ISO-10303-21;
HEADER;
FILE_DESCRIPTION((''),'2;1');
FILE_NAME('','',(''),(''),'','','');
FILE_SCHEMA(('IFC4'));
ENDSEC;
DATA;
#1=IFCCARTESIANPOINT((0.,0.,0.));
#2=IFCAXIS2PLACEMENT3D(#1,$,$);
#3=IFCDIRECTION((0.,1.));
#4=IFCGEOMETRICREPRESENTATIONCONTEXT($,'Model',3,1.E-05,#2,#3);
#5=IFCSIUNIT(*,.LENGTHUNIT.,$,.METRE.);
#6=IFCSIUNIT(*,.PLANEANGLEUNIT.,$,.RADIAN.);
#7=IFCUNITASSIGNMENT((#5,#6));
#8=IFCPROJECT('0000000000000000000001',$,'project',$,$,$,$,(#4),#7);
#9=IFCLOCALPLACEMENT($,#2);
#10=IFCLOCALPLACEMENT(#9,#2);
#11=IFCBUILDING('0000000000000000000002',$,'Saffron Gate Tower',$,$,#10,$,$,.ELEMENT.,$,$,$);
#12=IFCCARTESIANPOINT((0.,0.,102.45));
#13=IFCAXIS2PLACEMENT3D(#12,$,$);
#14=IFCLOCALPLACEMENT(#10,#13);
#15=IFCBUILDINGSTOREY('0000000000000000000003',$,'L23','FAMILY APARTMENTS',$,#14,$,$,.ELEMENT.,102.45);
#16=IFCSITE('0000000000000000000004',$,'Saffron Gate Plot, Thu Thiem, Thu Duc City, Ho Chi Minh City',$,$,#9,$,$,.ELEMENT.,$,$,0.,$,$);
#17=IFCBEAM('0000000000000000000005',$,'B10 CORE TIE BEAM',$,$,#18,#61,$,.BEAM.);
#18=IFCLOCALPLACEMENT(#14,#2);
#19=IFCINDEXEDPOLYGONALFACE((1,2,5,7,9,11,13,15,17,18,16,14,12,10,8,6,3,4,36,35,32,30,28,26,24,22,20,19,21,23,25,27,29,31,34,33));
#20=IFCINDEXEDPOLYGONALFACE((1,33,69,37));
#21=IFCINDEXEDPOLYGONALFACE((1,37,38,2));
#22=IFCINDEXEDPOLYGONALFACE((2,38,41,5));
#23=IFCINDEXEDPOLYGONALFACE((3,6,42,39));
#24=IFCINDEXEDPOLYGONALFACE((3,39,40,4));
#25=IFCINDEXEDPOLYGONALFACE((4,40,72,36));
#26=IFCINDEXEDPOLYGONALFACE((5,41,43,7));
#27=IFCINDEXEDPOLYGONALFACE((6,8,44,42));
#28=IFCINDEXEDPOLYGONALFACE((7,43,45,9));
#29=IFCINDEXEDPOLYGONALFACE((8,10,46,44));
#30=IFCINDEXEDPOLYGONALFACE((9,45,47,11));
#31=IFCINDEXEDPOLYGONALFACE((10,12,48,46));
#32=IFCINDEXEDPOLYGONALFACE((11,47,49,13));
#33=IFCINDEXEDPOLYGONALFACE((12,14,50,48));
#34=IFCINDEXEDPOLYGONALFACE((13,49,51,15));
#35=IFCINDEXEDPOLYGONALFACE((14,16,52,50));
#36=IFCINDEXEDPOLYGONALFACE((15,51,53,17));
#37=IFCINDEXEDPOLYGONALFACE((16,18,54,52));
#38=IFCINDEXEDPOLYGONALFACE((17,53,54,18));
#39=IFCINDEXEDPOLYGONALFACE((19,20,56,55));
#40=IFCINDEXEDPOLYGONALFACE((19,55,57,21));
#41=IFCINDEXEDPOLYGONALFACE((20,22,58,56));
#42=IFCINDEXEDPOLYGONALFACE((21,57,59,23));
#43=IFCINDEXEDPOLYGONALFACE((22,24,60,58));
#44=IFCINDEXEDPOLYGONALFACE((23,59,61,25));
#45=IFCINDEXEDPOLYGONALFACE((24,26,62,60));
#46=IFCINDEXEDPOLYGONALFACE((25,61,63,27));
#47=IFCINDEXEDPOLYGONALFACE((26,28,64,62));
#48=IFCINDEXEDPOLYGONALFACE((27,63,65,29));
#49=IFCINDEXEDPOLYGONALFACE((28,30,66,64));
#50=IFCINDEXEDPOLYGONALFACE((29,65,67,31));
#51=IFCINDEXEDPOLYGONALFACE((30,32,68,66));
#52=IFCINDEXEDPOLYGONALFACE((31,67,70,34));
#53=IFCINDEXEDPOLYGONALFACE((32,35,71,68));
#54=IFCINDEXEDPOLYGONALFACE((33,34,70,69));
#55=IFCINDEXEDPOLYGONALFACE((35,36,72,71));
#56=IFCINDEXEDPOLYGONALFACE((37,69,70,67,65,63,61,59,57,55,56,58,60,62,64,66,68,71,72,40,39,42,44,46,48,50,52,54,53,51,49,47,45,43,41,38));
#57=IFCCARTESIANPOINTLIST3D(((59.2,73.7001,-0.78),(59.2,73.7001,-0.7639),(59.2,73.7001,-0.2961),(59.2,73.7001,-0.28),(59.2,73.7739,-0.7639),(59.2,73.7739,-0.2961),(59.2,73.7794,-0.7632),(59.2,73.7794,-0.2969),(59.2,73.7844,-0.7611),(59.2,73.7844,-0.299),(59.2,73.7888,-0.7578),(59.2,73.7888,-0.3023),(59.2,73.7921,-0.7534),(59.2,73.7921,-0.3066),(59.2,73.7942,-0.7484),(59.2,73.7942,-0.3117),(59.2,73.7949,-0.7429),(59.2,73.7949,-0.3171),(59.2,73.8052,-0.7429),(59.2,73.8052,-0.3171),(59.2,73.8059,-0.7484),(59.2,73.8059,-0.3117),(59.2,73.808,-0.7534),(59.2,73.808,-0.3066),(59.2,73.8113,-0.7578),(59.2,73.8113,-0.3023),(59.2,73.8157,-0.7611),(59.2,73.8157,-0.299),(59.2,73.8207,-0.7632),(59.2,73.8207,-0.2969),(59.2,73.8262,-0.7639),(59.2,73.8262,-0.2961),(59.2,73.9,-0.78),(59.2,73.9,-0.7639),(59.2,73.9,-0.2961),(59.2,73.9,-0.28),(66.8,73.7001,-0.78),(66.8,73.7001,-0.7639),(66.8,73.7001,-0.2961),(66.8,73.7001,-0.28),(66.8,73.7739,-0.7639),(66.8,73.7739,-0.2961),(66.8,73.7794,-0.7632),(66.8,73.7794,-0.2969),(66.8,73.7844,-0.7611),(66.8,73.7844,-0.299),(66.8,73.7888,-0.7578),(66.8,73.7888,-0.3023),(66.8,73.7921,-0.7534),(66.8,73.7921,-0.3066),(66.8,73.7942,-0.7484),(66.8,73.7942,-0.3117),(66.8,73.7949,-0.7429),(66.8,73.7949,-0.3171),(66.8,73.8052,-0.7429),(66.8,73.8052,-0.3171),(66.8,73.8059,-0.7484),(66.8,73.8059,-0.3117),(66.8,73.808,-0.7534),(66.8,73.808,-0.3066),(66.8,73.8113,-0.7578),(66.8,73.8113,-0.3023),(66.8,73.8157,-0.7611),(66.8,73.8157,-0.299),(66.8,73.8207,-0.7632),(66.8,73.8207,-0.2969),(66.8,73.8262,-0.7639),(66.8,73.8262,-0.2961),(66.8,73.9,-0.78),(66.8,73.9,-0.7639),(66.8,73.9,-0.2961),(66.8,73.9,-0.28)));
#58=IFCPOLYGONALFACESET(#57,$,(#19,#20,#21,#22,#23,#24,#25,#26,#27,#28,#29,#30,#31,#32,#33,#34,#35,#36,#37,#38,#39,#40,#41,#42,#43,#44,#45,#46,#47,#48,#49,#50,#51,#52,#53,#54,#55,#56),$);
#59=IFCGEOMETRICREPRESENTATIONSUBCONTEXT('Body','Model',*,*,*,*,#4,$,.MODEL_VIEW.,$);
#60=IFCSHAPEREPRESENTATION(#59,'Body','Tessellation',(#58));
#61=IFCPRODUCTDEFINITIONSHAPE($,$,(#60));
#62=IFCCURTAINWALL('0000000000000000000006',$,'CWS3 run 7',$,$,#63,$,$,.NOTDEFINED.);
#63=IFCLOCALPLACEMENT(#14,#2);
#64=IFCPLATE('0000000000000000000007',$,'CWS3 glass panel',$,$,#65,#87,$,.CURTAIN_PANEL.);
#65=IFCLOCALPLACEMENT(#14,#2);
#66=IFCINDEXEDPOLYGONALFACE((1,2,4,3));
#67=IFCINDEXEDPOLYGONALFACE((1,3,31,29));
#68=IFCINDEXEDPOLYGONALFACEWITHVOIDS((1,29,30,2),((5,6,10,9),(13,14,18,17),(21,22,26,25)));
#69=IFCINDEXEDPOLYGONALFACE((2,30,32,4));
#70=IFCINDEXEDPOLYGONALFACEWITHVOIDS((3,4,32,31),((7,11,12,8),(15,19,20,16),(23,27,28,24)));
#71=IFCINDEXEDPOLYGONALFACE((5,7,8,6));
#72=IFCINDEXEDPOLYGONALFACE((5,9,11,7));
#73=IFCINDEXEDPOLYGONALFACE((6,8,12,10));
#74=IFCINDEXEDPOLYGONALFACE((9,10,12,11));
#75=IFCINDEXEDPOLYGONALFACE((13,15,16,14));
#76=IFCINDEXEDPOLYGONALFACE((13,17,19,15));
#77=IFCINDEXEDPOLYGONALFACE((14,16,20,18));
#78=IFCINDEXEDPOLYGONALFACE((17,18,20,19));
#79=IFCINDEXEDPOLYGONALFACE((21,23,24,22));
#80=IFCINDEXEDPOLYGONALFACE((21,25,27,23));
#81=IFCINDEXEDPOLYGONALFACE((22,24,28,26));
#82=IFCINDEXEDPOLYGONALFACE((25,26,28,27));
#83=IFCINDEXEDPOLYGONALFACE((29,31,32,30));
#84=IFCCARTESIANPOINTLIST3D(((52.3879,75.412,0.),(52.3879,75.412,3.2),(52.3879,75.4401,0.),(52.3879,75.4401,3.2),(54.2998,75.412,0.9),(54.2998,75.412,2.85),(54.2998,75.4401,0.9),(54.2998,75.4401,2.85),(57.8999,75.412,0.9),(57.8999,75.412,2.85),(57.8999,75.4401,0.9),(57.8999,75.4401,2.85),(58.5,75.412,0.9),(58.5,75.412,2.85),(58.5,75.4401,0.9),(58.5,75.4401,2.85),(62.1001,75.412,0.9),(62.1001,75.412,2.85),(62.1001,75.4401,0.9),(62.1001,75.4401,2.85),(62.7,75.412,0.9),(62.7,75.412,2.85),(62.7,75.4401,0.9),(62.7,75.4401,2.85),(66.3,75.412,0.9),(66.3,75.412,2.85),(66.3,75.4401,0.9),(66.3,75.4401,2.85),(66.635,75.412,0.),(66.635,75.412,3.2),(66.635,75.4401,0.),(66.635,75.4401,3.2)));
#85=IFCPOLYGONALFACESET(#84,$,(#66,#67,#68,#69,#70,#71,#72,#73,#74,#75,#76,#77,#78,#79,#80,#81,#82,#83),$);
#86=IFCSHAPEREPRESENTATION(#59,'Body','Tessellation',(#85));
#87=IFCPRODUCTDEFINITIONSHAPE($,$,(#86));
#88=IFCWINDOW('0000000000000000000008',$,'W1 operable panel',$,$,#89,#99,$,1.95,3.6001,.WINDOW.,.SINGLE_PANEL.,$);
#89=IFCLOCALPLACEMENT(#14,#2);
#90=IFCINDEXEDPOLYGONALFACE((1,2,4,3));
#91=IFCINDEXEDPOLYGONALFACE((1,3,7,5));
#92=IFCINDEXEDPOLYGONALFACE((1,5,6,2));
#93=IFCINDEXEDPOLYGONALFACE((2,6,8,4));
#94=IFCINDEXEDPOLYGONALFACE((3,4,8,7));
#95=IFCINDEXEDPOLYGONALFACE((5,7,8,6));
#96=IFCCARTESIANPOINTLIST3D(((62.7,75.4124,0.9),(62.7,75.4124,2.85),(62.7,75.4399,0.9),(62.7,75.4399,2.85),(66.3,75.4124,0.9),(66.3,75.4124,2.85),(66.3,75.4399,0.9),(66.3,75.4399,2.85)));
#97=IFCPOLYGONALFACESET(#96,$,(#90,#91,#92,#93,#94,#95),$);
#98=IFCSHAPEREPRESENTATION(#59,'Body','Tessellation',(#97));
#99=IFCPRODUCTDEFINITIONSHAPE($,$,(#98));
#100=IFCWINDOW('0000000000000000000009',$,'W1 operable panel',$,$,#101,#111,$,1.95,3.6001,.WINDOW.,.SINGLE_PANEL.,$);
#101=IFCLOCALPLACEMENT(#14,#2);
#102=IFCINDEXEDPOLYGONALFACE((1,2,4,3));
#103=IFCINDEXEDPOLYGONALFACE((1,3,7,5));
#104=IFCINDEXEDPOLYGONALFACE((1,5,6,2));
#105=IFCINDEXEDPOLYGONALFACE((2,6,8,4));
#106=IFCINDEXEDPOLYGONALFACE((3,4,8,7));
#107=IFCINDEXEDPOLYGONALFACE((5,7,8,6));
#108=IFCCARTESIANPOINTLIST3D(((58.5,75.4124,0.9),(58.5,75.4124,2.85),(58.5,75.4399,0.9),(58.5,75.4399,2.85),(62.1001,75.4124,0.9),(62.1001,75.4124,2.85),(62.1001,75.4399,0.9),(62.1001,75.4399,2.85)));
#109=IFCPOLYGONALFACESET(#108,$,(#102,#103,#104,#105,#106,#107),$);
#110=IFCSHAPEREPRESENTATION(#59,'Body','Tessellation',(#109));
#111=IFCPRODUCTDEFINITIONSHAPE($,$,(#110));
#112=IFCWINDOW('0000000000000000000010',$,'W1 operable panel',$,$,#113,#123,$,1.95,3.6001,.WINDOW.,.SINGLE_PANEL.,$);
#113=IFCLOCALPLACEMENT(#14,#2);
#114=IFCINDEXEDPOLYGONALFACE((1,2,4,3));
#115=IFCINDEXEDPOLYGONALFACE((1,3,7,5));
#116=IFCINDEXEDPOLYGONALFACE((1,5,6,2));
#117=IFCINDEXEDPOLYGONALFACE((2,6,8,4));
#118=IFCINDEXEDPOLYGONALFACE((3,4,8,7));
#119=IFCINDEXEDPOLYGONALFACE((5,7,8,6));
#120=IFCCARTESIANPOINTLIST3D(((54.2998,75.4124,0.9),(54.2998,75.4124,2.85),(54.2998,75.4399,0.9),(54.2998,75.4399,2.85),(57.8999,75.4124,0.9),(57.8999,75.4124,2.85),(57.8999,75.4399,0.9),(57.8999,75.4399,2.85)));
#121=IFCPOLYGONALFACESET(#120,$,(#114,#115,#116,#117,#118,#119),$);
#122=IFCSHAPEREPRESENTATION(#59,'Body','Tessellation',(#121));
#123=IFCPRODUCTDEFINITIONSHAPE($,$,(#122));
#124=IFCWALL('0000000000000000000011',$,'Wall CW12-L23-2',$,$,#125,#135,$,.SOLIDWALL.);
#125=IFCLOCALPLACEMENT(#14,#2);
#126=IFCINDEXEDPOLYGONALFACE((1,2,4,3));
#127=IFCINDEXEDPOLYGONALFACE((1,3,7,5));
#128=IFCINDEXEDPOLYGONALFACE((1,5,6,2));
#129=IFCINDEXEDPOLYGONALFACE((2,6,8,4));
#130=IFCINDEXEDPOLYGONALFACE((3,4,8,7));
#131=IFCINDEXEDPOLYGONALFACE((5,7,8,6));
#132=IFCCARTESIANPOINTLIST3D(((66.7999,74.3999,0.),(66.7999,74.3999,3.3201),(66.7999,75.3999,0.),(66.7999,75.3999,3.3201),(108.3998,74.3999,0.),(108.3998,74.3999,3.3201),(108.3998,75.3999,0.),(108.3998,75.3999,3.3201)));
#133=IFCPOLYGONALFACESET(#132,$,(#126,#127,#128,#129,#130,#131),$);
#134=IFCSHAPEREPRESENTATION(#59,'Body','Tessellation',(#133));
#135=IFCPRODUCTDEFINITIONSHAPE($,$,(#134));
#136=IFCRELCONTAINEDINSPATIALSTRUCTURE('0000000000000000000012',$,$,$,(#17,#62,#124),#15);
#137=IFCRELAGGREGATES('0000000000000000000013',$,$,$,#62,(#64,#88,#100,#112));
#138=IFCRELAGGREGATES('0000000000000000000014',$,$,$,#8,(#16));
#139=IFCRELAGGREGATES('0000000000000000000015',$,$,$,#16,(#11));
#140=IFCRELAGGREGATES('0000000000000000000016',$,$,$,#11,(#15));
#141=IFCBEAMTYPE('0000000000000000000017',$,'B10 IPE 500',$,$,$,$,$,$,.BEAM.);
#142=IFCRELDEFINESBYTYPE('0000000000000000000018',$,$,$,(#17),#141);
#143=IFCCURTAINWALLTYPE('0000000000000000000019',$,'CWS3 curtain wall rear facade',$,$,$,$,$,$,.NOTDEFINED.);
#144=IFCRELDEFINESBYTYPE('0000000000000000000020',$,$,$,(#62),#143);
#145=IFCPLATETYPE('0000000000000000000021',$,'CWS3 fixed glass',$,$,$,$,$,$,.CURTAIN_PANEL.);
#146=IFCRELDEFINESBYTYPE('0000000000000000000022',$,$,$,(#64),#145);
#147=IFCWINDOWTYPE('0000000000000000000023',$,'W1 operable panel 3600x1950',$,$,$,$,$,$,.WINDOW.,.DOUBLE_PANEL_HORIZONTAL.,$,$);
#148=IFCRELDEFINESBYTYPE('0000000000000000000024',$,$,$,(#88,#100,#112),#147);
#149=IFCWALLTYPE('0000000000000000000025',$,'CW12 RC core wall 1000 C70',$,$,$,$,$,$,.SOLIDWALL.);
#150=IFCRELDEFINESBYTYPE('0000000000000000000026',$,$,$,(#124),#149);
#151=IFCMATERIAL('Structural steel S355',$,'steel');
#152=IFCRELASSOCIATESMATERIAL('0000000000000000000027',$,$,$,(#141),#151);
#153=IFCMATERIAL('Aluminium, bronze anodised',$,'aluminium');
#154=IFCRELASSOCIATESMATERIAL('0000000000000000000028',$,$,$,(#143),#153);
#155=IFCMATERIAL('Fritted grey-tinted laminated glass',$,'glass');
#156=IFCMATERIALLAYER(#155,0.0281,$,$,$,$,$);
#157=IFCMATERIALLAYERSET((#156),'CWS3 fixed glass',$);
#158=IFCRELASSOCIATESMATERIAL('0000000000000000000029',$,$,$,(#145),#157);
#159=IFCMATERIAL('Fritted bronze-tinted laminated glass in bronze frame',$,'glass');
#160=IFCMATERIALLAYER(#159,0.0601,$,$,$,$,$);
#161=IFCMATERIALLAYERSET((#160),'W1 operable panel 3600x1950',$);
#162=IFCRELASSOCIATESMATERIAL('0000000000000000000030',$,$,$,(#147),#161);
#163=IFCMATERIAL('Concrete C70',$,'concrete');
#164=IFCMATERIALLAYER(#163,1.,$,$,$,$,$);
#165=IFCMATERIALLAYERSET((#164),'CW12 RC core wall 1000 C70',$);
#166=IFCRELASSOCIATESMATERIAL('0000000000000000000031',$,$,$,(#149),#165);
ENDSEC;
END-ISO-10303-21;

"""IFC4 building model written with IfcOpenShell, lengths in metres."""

from ifc_helpers import new_model, si_unit, direction, frame, frame_2d, origin, origin_2d, place, context, subcontext, project, spatial, rectangle, i_section, extrude, material, layer, layer_set, material_profile, profile_set, type_object, element, fill, aggregate, save


model = new_model("IFC4")

# Units and contexts
model_context = context("Model", 3, precision=1e-05, world=origin(), true_north=direction((0.0, 1.0)))
body_context = subcontext(model_context, "Body", "Model", "MODEL_VIEW")
ifc_project = project(units=[si_unit("LENGTHUNIT", "METRE"), si_unit("PLANEANGLEUNIT", "RADIAN")], contexts=[model_context])

# Site, building, storey
site_placement = place(None, origin())
site = spatial("IfcSite", under=ifc_project, at=site_placement, Name="Saffron Gate Plot, Thu Thiem, Thu Duc City, Ho Chi Minh City", CompositionType="ELEMENT", RefElevation=0.0)
building_placement = place(site_placement, origin())
building = spatial("IfcBuilding", under=site, at=building_placement, Name="Saffron Gate Tower", CompositionType="ELEMENT")
storey_placement = place(building_placement, frame((0.0, 0.0, 102.45)))
storey = spatial("IfcBuildingStorey", under=building, at=storey_placement, Name="L23", Description="FAMILY APARTMENTS", CompositionType="ELEMENT", Elevation=102.45)

# Beam
ifc_material_1 = material(Name="Structural steel S355", Category="steel")
ifc_material_profile = material_profile(ifc_material_1, i_section(OverallWidth=0.2, OverallDepth=0.5, WebThickness=0.0103, FlangeThickness=0.0161, FilletRadius=0.021, at=origin_2d()))
ifc_profile_set = profile_set([ifc_material_profile], Name="Structural steel S355")
beam_type = type_object("IfcBeamType", Name="B10 IPE 500", PredefinedType="BEAM", material=ifc_profile_set)
beam_placement = place(storey_placement, frame((59.2, 73.8, -0.53), z_axis=(1.0, 0.0, 0.0), x_axis=(0.0, 1.0, 0.0)))
element("IfcBeam", 1, at=beam_placement, inside=storey, type_object=beam_type, Name="B10 CORE TIE BEAM", PredefinedType="BEAM", context=body_context, shape_type="SweptSolid", body=[
    extrude(i_section(OverallWidth=0.2, OverallDepth=0.5, WebThickness=0.0103, FlangeThickness=0.0161, FilletRadius=0.021, at=origin_2d()), origin(), (0.0, 0.0, 1.0), 7.6001),
])

# Curtain wall, plate, openings, windows
ifc_material_2 = material(Name="Aluminium, bronze anodised", Category="aluminium")
curtain_wall_type = type_object("IfcCurtainWallType", Name="CWS3 curtain wall rear facade", PredefinedType="NOTDEFINED", material=ifc_material_2)
curtain_wall_placement = place(storey_placement, origin())
curtain_wall = element("IfcCurtainWall", 2, at=curtain_wall_placement, inside=storey, type_object=curtain_wall_type, Name="CWS3 run 7", PredefinedType="NOTDEFINED")
ifc_material_3 = material(Name="Fritted grey-tinted laminated glass", Category="glass")
ifc_layer_1 = layer(ifc_material_3, 0.0281)
ifc_layer_set_1 = layer_set([ifc_layer_1], Name="CWS3 fixed glass")
plate_type = type_object("IfcPlateType", Name="CWS3 fixed glass", PredefinedType="CURTAIN_PANEL", material=ifc_layer_set_1)
plate_placement = place(storey_placement, frame((66.635, 75.426, 0.0), z_axis=(0.0, 0.0, 1.0), x_axis=(-1.0, 0.0, 0.0)))
plate = element("IfcPlate", 3, at=plate_placement, type_object=plate_type, Name="CWS3 glass panel", PredefinedType="CURTAIN_PANEL", context=body_context, shape_type="SweptSolid", body=[
    extrude(rectangle(XDim=14.2471, YDim=0.0281, at=frame_2d((7.1235, 0.0))), origin(), (0.0, 0.0, 1.0), 3.2),
])
opening_1_placement = place(plate_placement, frame((0.335, 0.0, 0.8999)))
opening_1 = element("IfcOpeningElement", 4, at=opening_1_placement, cuts=plate, PredefinedType="OPENING", context=body_context, shape_type="SweptSolid", body=[
    extrude(rectangle(XDim=3.6001, YDim=1.95, at=frame_2d((1.8, 0.9751))), frame((0.0, 0.0239, 0.0), z_axis=(0.0, -1.0, 0.0), x_axis=(1.0, 0.0, 0.0)), (0.0, 0.0, 1.0), 0.0481),
])
opening_2_placement = place(plate_placement, frame((4.5349, 0.0, 0.8999)))
opening_2 = element("IfcOpeningElement", 5, at=opening_2_placement, cuts=plate, PredefinedType="OPENING", context=body_context, shape_type="SweptSolid", body=[
    extrude(rectangle(XDim=3.6001, YDim=1.95, at=frame_2d((1.8, 0.9751))), frame((0.0, 0.0239, 0.0), z_axis=(0.0, -1.0, 0.0), x_axis=(1.0, 0.0, 0.0)), (0.0, 0.0, 1.0), 0.0481),
])
opening_3_placement = place(plate_placement, frame((8.7351, 0.0, 0.8999)))
opening_3 = element("IfcOpeningElement", 6, at=opening_3_placement, cuts=plate, PredefinedType="OPENING", context=body_context, shape_type="SweptSolid", body=[
    extrude(rectangle(XDim=3.6001, YDim=1.95, at=frame_2d((1.8, 0.9751))), frame((0.0, 0.0239, 0.0), z_axis=(0.0, -1.0, 0.0), x_axis=(1.0, 0.0, 0.0)), (0.0, 0.0, 1.0), 0.0481),
])
ifc_material_4 = material(Name="Fritted bronze-tinted laminated glass in bronze frame", Category="glass")
ifc_layer_2 = layer(ifc_material_4, 0.0601)
ifc_layer_set_2 = layer_set([ifc_layer_2], Name="W1 operable panel 3600x1950")
window_type = type_object("IfcWindowType", Name="W1 operable panel 3600x1950", PartitioningType="DOUBLE_PANEL_HORIZONTAL", PredefinedType="WINDOW", material=ifc_layer_set_2)
window_1_placement = place(opening_1_placement, origin())
window_1 = element("IfcWindow", 7, at=window_1_placement, type_object=window_type, Name="W1 operable panel", OverallHeight=1.95, OverallWidth=3.6001, PartitioningType="SINGLE_PANEL", PredefinedType="WINDOW", context=body_context, shape_type="SweptSolid", body=[
    extrude(rectangle(XDim=3.6001, YDim=1.95, at=frame_2d((1.8, 0.9751))), frame((0.0, 0.0137, 0.0), z_axis=(0.0, -1.0, 0.0), x_axis=(1.0, 0.0, 0.0)), (0.0, 0.0, 1.0), 0.0276),
])
fill(opening_1, window_1)
window_2_placement = place(opening_2_placement, origin())
window_2 = element("IfcWindow", 8, at=window_2_placement, type_object=window_type, Name="W1 operable panel", OverallHeight=1.95, OverallWidth=3.6001, PartitioningType="SINGLE_PANEL", PredefinedType="WINDOW", context=body_context, shape_type="SweptSolid", body=[
    extrude(rectangle(XDim=3.6001, YDim=1.95, at=frame_2d((1.8, 0.9751))), frame((0.0, 0.0137, 0.0), z_axis=(0.0, -1.0, 0.0), x_axis=(1.0, 0.0, 0.0)), (0.0, 0.0, 1.0), 0.0276),
])
fill(opening_2, window_2)
window_3_placement = place(opening_3_placement, origin())
window_3 = element("IfcWindow", 9, at=window_3_placement, type_object=window_type, Name="W1 operable panel", OverallHeight=1.95, OverallWidth=3.6001, PartitioningType="SINGLE_PANEL", PredefinedType="WINDOW", context=body_context, shape_type="SweptSolid", body=[
    extrude(rectangle(XDim=3.6001, YDim=1.95, at=frame_2d((1.8, 0.9751))), frame((0.0, 0.0137, 0.0), z_axis=(0.0, -1.0, 0.0), x_axis=(1.0, 0.0, 0.0)), (0.0, 0.0, 1.0), 0.0276),
])
fill(opening_3, window_3)
aggregate(curtain_wall, [plate, window_1, window_2, window_3])

# Wall
ifc_material_5 = material(Name="Concrete C70", Category="concrete")
ifc_layer_3 = layer(ifc_material_5, 1.0)
ifc_layer_set_3 = layer_set([ifc_layer_3], Name="CW12 RC core wall 1000 C70")
wall_type_1 = type_object("IfcWallType", Name="CW12 RC core wall 1000 C70", PredefinedType="SOLIDWALL", material=ifc_layer_set_3)
wall_1_placement = place(storey_placement, frame((66.8, 74.8999, 0.0), z_axis=(0.0, 0.0, 1.0), x_axis=(1.0, 0.0, 0.0)))
element("IfcWall", 10, at=wall_1_placement, inside=storey, type_object=wall_type_1, Name="Wall CW12-L23-2", PredefinedType="SOLIDWALL", context=body_context, shape_type="SweptSolid", body=[
    extrude(rectangle(XDim=41.5999, YDim=1.0, at=frame_2d((20.7998, 0.0))), origin(), (0.0, 0.0, 1.0), 3.3201),
])

save(model, "model.ifc")
